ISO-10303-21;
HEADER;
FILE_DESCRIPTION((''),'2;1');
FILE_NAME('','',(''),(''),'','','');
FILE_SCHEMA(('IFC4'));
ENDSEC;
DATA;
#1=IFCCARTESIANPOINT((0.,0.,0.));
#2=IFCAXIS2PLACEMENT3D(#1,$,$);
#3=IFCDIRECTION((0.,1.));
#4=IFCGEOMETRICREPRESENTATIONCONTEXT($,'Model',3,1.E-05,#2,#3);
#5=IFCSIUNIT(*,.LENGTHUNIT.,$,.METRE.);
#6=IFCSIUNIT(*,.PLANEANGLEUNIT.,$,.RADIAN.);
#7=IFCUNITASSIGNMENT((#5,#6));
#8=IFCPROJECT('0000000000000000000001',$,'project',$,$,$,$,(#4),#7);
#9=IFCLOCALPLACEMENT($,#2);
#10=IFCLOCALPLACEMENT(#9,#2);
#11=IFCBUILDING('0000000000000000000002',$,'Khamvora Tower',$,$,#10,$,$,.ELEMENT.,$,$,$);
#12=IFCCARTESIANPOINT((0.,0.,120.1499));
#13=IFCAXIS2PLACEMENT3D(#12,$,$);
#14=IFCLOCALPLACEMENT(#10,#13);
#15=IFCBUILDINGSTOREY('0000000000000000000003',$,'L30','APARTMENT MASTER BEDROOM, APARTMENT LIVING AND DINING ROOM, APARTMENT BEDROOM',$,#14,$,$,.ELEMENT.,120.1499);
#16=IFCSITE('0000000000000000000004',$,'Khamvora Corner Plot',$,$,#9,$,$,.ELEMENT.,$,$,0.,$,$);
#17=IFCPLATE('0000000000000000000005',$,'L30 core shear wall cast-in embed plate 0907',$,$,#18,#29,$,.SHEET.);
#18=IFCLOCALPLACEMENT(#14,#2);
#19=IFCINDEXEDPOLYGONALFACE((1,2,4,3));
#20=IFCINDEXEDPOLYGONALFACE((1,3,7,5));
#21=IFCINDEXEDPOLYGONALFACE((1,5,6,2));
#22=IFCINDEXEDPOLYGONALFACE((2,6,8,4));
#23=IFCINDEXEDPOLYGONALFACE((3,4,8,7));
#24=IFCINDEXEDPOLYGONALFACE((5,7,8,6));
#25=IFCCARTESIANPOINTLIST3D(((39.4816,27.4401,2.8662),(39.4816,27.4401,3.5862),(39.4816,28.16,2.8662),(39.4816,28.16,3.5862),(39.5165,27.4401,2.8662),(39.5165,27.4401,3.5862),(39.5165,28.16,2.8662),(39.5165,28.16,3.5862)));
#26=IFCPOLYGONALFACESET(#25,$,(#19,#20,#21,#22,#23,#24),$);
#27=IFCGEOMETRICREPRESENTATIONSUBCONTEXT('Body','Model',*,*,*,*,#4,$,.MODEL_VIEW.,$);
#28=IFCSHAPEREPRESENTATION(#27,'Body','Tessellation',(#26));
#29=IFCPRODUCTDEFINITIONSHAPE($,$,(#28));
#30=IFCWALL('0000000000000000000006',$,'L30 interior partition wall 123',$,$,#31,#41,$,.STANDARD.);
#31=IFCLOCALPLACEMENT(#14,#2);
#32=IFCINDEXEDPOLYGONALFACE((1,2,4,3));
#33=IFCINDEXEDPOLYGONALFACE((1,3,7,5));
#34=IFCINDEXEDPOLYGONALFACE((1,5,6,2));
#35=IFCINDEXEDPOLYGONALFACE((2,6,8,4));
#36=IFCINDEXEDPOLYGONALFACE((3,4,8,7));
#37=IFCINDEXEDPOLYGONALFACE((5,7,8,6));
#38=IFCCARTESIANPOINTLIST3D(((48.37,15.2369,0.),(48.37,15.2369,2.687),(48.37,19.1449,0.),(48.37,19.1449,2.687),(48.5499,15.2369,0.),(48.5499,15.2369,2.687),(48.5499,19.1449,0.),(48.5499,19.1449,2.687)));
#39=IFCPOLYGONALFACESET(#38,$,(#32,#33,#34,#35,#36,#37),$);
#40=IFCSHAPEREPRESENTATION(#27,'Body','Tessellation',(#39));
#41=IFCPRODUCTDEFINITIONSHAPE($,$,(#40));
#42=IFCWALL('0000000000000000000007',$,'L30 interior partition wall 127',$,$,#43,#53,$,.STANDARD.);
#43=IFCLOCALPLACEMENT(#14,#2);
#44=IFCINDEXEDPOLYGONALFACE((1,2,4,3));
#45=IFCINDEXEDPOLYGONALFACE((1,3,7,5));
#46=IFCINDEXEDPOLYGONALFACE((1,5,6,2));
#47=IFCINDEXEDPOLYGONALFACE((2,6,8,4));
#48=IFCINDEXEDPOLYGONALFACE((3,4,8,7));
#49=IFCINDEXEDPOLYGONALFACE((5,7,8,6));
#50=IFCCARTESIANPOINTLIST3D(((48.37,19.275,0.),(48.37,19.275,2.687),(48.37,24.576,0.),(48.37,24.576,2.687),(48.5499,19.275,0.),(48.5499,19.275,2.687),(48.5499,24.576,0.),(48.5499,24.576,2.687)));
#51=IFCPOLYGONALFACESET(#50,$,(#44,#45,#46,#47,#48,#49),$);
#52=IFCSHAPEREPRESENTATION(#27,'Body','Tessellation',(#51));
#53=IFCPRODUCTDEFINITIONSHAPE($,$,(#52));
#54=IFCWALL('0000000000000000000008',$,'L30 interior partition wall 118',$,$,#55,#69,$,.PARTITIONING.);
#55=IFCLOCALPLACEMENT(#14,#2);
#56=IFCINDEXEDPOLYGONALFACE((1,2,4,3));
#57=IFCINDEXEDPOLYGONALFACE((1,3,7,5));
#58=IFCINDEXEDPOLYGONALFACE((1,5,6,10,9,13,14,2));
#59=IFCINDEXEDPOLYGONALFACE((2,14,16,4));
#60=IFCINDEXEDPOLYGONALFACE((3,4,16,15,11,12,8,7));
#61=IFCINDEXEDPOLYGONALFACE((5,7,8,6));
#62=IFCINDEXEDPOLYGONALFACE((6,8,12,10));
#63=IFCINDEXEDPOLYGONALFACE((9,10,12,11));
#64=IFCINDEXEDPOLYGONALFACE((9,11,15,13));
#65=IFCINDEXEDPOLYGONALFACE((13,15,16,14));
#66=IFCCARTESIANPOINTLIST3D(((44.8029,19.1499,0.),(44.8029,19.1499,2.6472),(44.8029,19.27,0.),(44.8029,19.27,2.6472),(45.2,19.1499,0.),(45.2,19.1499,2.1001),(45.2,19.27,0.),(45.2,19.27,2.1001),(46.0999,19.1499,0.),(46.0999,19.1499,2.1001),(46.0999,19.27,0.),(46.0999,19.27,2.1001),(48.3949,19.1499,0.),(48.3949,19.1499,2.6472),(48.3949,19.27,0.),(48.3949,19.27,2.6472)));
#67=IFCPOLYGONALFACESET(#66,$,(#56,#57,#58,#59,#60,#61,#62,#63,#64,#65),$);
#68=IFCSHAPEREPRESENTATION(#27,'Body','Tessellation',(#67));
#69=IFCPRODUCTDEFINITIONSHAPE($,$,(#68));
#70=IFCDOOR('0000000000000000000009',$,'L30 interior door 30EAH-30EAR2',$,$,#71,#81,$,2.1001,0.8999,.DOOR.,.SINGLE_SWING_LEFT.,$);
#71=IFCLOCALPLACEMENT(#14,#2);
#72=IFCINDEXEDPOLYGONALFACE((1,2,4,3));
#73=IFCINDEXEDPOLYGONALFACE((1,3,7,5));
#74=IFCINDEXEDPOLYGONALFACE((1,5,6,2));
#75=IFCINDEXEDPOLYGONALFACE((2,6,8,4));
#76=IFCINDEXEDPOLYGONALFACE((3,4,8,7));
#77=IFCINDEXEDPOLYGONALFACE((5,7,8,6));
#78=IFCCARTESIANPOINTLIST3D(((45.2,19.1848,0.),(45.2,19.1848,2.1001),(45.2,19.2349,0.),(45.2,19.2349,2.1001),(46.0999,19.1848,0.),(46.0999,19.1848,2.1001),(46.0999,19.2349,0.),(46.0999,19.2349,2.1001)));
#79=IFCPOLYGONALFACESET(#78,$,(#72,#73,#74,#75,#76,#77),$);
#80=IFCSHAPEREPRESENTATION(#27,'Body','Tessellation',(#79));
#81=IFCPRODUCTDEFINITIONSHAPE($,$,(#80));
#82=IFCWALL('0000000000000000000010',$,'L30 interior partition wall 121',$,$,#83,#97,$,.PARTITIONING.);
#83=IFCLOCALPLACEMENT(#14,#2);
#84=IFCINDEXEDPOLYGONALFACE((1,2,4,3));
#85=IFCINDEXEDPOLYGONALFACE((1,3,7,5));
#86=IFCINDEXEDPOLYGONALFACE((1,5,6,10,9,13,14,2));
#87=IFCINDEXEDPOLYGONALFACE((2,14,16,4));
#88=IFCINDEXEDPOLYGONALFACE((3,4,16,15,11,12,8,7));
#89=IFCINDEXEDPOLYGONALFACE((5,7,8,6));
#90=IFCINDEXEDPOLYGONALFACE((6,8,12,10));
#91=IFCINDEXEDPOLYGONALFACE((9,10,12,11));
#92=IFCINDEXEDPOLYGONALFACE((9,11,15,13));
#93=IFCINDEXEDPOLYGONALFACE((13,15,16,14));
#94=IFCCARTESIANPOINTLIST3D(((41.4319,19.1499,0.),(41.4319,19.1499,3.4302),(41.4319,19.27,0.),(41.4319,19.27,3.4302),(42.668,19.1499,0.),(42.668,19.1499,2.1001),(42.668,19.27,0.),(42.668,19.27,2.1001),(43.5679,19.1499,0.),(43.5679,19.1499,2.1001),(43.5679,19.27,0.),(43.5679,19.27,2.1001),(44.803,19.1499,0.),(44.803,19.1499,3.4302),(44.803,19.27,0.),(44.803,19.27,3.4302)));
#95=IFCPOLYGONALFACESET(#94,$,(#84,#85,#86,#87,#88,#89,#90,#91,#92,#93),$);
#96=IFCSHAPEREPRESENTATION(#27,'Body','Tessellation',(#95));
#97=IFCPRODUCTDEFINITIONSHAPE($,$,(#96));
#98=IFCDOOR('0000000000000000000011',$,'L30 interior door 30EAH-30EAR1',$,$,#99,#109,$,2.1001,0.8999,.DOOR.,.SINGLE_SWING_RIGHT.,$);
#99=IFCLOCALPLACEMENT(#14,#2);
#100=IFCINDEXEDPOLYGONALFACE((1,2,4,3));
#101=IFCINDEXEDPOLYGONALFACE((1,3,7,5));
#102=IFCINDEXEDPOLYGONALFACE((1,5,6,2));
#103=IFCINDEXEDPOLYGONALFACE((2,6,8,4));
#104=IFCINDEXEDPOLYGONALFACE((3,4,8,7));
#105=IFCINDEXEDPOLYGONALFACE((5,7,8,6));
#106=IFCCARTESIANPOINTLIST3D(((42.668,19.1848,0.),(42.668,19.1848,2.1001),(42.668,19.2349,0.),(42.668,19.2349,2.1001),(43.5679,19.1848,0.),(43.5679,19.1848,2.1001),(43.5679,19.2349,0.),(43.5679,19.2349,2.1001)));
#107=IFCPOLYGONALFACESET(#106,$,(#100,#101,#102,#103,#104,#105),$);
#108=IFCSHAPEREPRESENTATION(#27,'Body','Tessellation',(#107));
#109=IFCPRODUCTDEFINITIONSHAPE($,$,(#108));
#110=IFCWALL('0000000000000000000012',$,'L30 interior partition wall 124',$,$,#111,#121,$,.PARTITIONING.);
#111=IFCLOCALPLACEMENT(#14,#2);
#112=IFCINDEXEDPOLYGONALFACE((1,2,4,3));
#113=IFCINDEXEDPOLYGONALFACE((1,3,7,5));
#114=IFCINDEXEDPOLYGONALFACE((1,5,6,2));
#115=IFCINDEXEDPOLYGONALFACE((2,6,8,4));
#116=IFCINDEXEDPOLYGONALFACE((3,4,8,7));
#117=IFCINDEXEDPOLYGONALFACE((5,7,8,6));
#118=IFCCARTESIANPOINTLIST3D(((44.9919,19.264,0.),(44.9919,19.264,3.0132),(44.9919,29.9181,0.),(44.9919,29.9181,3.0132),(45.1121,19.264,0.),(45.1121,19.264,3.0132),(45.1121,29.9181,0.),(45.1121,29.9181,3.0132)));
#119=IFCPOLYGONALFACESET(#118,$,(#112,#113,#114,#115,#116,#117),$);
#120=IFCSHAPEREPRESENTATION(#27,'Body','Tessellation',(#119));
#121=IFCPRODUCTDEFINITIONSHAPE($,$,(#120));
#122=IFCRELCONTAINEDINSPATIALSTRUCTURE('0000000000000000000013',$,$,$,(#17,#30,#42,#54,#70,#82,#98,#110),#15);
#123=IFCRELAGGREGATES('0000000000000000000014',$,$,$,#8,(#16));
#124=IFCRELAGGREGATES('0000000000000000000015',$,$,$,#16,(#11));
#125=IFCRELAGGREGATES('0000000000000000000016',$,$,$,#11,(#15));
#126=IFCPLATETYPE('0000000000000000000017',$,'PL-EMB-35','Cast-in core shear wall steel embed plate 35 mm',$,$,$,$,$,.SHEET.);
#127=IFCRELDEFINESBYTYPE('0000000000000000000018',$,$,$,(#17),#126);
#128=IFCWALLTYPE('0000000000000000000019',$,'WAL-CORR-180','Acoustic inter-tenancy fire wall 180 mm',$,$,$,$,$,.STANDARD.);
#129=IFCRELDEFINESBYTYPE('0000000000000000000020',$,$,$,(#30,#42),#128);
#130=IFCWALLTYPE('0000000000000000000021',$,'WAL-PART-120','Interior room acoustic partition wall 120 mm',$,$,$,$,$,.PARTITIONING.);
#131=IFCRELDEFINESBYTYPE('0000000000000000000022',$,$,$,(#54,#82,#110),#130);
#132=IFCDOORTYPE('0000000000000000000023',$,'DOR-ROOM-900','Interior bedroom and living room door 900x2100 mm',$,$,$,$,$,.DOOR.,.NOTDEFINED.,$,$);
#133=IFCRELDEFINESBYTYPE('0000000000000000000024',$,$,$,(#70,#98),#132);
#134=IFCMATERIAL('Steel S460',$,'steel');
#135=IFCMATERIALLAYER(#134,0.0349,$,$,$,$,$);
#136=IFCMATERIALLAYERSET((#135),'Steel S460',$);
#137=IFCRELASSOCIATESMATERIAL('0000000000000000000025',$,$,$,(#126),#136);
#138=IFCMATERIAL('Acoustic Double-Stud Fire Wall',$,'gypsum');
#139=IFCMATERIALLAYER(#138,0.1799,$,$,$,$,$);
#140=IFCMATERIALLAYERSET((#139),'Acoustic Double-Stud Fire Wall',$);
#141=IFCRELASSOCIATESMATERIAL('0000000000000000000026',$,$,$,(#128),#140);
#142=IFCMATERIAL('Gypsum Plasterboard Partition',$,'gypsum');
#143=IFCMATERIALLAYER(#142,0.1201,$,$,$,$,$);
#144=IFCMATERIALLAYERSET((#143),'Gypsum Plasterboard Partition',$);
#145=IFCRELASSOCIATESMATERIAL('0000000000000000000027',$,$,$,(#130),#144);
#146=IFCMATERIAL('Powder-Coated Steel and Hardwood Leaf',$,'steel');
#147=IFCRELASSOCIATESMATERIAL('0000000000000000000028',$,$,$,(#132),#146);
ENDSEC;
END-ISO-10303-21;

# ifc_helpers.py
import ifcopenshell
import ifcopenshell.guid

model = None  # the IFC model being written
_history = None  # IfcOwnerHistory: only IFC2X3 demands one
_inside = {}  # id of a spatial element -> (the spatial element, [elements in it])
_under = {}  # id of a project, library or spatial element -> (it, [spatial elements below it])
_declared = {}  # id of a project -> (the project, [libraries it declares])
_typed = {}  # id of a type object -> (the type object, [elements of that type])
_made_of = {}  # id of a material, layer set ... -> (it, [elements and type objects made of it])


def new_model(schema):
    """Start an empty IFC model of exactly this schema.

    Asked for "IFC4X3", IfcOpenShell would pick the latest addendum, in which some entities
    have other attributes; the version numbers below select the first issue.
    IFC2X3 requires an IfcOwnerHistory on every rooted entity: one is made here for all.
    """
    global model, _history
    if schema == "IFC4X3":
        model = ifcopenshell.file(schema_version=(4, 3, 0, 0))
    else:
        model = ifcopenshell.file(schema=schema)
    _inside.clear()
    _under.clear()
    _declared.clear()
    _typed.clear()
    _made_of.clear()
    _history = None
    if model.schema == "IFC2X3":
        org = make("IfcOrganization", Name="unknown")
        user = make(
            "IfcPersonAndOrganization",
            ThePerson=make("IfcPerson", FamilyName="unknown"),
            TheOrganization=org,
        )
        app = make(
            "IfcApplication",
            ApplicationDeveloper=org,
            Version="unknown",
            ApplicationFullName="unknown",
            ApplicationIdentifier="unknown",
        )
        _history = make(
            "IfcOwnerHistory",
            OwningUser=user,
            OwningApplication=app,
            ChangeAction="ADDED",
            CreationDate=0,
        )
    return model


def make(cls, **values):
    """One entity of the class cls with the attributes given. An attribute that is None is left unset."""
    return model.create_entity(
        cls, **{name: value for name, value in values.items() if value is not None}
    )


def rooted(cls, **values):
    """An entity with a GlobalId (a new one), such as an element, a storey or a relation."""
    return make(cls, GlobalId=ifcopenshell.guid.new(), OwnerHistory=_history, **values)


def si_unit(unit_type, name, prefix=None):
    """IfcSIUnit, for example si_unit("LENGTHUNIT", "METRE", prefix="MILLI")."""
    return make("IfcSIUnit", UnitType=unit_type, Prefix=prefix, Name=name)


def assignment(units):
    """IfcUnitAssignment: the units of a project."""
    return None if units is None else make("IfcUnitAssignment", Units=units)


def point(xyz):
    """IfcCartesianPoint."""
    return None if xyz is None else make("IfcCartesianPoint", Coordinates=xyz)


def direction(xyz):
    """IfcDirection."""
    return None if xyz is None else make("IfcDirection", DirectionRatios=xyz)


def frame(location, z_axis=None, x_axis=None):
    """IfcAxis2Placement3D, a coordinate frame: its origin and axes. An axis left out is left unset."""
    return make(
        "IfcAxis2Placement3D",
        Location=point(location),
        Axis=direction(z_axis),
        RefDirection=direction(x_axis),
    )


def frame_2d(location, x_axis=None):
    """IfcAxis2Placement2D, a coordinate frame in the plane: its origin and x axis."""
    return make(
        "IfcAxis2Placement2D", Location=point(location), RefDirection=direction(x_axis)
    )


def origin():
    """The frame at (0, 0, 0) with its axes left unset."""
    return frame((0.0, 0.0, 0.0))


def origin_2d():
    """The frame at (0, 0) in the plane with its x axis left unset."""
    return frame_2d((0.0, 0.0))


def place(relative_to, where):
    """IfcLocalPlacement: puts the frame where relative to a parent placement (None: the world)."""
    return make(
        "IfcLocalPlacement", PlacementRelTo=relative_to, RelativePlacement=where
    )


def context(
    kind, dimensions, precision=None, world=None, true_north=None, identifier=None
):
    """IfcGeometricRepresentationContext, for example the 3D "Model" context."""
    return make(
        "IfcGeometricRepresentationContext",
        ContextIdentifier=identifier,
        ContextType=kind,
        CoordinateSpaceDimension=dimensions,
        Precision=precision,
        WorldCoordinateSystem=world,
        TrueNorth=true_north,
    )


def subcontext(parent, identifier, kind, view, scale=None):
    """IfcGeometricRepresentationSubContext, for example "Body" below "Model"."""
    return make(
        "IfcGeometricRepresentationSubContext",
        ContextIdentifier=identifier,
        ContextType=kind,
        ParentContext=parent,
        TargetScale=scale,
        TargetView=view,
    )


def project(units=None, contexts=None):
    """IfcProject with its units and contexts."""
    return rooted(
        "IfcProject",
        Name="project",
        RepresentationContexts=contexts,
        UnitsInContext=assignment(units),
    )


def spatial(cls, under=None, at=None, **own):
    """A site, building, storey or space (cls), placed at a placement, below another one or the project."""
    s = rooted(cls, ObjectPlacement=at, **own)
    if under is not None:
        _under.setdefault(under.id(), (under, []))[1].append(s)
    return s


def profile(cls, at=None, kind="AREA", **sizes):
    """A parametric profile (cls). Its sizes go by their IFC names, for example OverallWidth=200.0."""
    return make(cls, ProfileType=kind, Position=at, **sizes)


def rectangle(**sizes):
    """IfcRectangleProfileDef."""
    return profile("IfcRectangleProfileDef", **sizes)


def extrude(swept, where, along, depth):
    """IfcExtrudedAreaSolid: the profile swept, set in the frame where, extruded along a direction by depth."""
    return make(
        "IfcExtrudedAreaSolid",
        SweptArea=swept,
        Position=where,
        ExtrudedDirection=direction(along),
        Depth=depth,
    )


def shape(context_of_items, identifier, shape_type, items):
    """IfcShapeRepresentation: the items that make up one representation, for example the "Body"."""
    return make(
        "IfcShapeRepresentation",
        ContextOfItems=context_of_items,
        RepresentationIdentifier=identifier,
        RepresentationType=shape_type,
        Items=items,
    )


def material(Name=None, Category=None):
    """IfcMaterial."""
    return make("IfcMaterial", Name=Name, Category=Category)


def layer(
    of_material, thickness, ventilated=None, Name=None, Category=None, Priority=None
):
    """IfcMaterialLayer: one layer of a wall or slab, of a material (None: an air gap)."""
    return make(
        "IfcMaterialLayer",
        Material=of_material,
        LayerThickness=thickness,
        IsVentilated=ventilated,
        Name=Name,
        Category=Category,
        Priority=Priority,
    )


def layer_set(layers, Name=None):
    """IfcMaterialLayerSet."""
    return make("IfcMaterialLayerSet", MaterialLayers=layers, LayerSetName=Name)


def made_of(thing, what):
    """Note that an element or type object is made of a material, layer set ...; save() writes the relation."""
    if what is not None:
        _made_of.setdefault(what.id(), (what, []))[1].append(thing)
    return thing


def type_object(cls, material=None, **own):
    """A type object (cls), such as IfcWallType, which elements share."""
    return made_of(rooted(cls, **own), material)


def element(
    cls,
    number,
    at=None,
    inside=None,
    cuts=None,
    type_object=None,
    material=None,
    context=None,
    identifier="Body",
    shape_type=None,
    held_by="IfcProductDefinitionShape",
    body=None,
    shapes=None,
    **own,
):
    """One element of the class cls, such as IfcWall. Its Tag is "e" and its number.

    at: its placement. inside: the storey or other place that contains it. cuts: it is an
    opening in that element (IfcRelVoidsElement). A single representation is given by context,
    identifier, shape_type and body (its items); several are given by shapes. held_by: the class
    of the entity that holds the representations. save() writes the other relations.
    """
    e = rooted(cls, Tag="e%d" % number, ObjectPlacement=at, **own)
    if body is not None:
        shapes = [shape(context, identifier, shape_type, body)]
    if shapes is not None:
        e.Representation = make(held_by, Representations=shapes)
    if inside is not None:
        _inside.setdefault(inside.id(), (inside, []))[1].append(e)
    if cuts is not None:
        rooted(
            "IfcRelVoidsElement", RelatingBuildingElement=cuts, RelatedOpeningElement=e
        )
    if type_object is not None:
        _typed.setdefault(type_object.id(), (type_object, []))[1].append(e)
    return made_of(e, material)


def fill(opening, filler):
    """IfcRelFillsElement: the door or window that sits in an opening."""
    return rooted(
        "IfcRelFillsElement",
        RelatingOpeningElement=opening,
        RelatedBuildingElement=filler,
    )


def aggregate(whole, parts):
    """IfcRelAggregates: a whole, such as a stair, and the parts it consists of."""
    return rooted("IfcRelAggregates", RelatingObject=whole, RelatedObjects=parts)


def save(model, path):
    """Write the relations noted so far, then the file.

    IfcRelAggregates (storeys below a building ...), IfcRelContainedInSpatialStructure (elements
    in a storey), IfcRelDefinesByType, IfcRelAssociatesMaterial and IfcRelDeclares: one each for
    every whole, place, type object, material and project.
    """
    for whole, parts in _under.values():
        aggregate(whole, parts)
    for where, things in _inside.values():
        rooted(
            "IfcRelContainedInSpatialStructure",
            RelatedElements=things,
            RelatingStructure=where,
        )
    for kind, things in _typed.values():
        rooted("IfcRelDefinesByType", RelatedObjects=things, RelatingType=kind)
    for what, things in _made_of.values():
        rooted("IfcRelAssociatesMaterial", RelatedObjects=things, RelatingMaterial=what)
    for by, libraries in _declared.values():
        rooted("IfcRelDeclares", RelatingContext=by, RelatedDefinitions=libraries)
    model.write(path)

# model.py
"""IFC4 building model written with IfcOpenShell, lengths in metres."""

from ifc_helpers import new_model, si_unit, direction, frame, frame_2d, origin, origin_2d, place, context, subcontext, project, spatial, rectangle, extrude, material, layer, layer_set, type_object, element, fill, save


model = new_model("IFC4")

# Units and contexts
model_context = context("Model", 3, precision=1e-05, world=origin(), true_north=direction((0.0, 1.0)))
body_context = subcontext(model_context, "Body", "Model", "MODEL_VIEW")
ifc_project = project(units=[si_unit("LENGTHUNIT", "METRE"), si_unit("PLANEANGLEUNIT", "RADIAN")], contexts=[model_context])

# Site, building, storey
site_placement = place(None, origin())
site = spatial("IfcSite", under=ifc_project, at=site_placement, Name="Khamvora Corner Plot", CompositionType="ELEMENT", RefElevation=0.0)
building_placement = place(site_placement, origin())
building = spatial("IfcBuilding", under=site, at=building_placement, Name="Khamvora Tower", CompositionType="ELEMENT")
storey_placement = place(building_placement, frame((0.0, 0.0, 120.1499)))
storey = spatial("IfcBuildingStorey", under=building, at=storey_placement, Name="L30", Description="APARTMENT MASTER BEDROOM, APARTMENT LIVING AND DINING ROOM, APARTMENT BEDROOM", CompositionType="ELEMENT", Elevation=120.1499)

# Plate
ifc_material_1 = material(Name="Steel S460", Category="steel")
ifc_layer_1 = layer(ifc_material_1, 0.0349)
ifc_layer_set_1 = layer_set([ifc_layer_1], Name="Steel S460")
plate_type = type_object("IfcPlateType", Name="PL-EMB-35", Description="Cast-in core shear wall steel embed plate 35 mm", PredefinedType="SHEET", material=ifc_layer_set_1)
plate_placement = place(storey_placement, frame((39.499, 27.8, 2.8662), z_axis=(0.0, 0.0, 1.0), x_axis=(1.0, 0.0, 0.0)))
element("IfcPlate", 1, at=plate_placement, inside=storey, type_object=plate_type, Name="L30 core shear wall cast-in embed plate 0907", PredefinedType="SHEET", context=body_context, shape_type="SweptSolid", body=[
    extrude(rectangle(XDim=0.0349, YDim=0.72, at=origin_2d()), origin(), (0.0, 0.0, 1.0), 0.72),
])

# Shared definitions
ifc_material_2 = material(Name="Powder-Coated Steel and Hardwood Leaf", Category="steel")

# Walls
ifc_material_3 = material(Name="Acoustic Double-Stud Fire Wall", Category="gypsum")
ifc_layer_2 = layer(ifc_material_3, 0.1799)
ifc_layer_set_2 = layer_set([ifc_layer_2], Name="Acoustic Double-Stud Fire Wall")
wall_type_1 = type_object("IfcWallType", Name="WAL-CORR-180", Description="Acoustic inter-tenancy fire wall 180 mm", PredefinedType="STANDARD", material=ifc_layer_set_2)
wall_1_placement = place(storey_placement, frame((48.46, 19.145, 0.0), z_axis=(0.0, 0.0, 1.0), x_axis=(0.0, -1.0, 0.0)))
element("IfcWall", 2, at=wall_1_placement, inside=storey, type_object=wall_type_1, Name="L30 interior partition wall 123", PredefinedType="STANDARD", context=body_context, shape_type="SweptSolid", body=[
    extrude(rectangle(XDim=3.908, YDim=0.1799, at=frame_2d((1.9541, 0.0))), origin(), (0.0, 0.0, 1.0), 2.687),
])
wall_2_placement = place(storey_placement, frame((48.46, 24.5759, 0.0), z_axis=(0.0, 0.0, 1.0), x_axis=(0.0, -1.0, 0.0)))
element("IfcWall", 3, at=wall_2_placement, inside=storey, type_object=wall_type_1, Name="L30 interior partition wall 127", PredefinedType="STANDARD", context=body_context, shape_type="SweptSolid", body=[
    extrude(rectangle(XDim=5.301, YDim=0.1799, at=frame_2d((2.6504, 0.0))), origin(), (0.0, 0.0, 1.0), 2.687),
])

# Walls, openings, doors
ifc_material_4 = material(Name="Gypsum Plasterboard Partition", Category="gypsum")
ifc_layer_3 = layer(ifc_material_4, 0.1201)
ifc_layer_set_3 = layer_set([ifc_layer_3], Name="Gypsum Plasterboard Partition")
wall_type_2 = type_object("IfcWallType", Name="WAL-PART-120", Description="Interior room acoustic partition wall 120 mm", PredefinedType="PARTITIONING", material=ifc_layer_set_3)
wall_3_placement = place(storey_placement, frame((44.803, 19.21, 0.0), z_axis=(0.0, 0.0, 1.0), x_axis=(1.0, 0.0, 0.0)))
wall_3 = element("IfcWall", 4, at=wall_3_placement, inside=storey, type_object=wall_type_2, Name="L30 interior partition wall 118", PredefinedType="PARTITIONING", context=body_context, shape_type="SweptSolid", body=[
    extrude(rectangle(XDim=3.592, YDim=0.1201, at=frame_2d((1.7959, 0.0))), origin(), (0.0, 0.0, 1.0), 2.6472),
])
opening_1_placement = place(wall_3_placement, frame((0.397, 0.0, 0.0)))
opening_1 = element("IfcOpeningElement", 5, at=opening_1_placement, cuts=wall_3, PredefinedType="OPENING", context=body_context, shape_type="SweptSolid", body=[
    extrude(rectangle(XDim=0.8999, YDim=2.1001, at=frame_2d((0.45, 1.05))), frame((0.0, 0.0701, 0.0), z_axis=(0.0, -1.0, 0.0), x_axis=(1.0, 0.0, 0.0)), (0.0, 0.0, 1.0), 0.1401),
])
door_type_1 = type_object("IfcDoorType", Name="DOR-ROOM-900", Description="Interior bedroom and living room door 900x2100 mm", OperationType="NOTDEFINED", PredefinedType="DOOR", material=ifc_material_2)
door_1_placement = place(opening_1_placement, origin())
door_1 = element("IfcDoor", 6, at=door_1_placement, inside=storey, type_object=door_type_1, Name="L30 interior door 30EAH-30EAR2", OperationType="SINGLE_SWING_LEFT", OverallHeight=2.1001, OverallWidth=0.8999, PredefinedType="DOOR", context=body_context, shape_type="SweptSolid", body=[
    extrude(rectangle(XDim=0.8999, YDim=2.1001, at=frame_2d((0.45, 1.05))), frame((0.0, 0.0249, 0.0), z_axis=(0.0, -1.0, 0.0), x_axis=(1.0, 0.0, 0.0)), (0.0, 0.0, 1.0), 0.05),
])
fill(opening_1, door_1)
wall_4_placement = place(storey_placement, frame((41.4319, 19.21, 0.0), z_axis=(0.0, 0.0, 1.0), x_axis=(1.0, 0.0, 0.0)))
wall_4 = element("IfcWall", 7, at=wall_4_placement, inside=storey, type_object=wall_type_2, Name="L30 interior partition wall 121", PredefinedType="PARTITIONING", context=body_context, shape_type="SweptSolid", body=[
    extrude(rectangle(XDim=3.3711, YDim=0.1201, at=frame_2d((1.6855, 0.0))), origin(), (0.0, 0.0, 1.0), 3.4302),
])
opening_2_placement = place(wall_4_placement, frame((1.2361, 0.0, 0.0)))
opening_2 = element("IfcOpeningElement", 8, at=opening_2_placement, cuts=wall_4, PredefinedType="OPENING", context=body_context, shape_type="SweptSolid", body=[
    extrude(rectangle(XDim=0.8999, YDim=2.1001, at=frame_2d((0.45, 1.05))), frame((0.0, 0.0701, 0.0), z_axis=(0.0, -1.0, 0.0), x_axis=(1.0, 0.0, 0.0)), (0.0, 0.0, 1.0), 0.1401),
])
door_2_placement = place(opening_2_placement, origin())
door_2 = element("IfcDoor", 9, at=door_2_placement, inside=storey, type_object=door_type_1, Name="L30 interior door 30EAH-30EAR1", OperationType="SINGLE_SWING_RIGHT", OverallHeight=2.1001, OverallWidth=0.8999, PredefinedType="DOOR", context=body_context, shape_type="SweptSolid", body=[
    extrude(rectangle(XDim=0.8999, YDim=2.1001, at=frame_2d((0.45, 1.05))), frame((0.0, 0.0249, 0.0), z_axis=(0.0, -1.0, 0.0), x_axis=(1.0, 0.0, 0.0)), (0.0, 0.0, 1.0), 0.05),
])
fill(opening_2, door_2)

# Wall
wall_5_placement = place(storey_placement, frame((45.052, 19.2639, 0.0), z_axis=(0.0, 0.0, 1.0), x_axis=(0.0, 1.0, 0.0)))
element("IfcWall", 10, at=wall_5_placement, inside=storey, type_object=wall_type_2, Name="L30 interior partition wall 124", PredefinedType="PARTITIONING", context=body_context, shape_type="SweptSolid", body=[
    extrude(rectangle(XDim=10.6541, YDim=0.1201, at=frame_2d((5.3271, 0.0))), origin(), (0.0, 0.0, 1.0), 3.0132),
])

save(model, "model.ifc")
